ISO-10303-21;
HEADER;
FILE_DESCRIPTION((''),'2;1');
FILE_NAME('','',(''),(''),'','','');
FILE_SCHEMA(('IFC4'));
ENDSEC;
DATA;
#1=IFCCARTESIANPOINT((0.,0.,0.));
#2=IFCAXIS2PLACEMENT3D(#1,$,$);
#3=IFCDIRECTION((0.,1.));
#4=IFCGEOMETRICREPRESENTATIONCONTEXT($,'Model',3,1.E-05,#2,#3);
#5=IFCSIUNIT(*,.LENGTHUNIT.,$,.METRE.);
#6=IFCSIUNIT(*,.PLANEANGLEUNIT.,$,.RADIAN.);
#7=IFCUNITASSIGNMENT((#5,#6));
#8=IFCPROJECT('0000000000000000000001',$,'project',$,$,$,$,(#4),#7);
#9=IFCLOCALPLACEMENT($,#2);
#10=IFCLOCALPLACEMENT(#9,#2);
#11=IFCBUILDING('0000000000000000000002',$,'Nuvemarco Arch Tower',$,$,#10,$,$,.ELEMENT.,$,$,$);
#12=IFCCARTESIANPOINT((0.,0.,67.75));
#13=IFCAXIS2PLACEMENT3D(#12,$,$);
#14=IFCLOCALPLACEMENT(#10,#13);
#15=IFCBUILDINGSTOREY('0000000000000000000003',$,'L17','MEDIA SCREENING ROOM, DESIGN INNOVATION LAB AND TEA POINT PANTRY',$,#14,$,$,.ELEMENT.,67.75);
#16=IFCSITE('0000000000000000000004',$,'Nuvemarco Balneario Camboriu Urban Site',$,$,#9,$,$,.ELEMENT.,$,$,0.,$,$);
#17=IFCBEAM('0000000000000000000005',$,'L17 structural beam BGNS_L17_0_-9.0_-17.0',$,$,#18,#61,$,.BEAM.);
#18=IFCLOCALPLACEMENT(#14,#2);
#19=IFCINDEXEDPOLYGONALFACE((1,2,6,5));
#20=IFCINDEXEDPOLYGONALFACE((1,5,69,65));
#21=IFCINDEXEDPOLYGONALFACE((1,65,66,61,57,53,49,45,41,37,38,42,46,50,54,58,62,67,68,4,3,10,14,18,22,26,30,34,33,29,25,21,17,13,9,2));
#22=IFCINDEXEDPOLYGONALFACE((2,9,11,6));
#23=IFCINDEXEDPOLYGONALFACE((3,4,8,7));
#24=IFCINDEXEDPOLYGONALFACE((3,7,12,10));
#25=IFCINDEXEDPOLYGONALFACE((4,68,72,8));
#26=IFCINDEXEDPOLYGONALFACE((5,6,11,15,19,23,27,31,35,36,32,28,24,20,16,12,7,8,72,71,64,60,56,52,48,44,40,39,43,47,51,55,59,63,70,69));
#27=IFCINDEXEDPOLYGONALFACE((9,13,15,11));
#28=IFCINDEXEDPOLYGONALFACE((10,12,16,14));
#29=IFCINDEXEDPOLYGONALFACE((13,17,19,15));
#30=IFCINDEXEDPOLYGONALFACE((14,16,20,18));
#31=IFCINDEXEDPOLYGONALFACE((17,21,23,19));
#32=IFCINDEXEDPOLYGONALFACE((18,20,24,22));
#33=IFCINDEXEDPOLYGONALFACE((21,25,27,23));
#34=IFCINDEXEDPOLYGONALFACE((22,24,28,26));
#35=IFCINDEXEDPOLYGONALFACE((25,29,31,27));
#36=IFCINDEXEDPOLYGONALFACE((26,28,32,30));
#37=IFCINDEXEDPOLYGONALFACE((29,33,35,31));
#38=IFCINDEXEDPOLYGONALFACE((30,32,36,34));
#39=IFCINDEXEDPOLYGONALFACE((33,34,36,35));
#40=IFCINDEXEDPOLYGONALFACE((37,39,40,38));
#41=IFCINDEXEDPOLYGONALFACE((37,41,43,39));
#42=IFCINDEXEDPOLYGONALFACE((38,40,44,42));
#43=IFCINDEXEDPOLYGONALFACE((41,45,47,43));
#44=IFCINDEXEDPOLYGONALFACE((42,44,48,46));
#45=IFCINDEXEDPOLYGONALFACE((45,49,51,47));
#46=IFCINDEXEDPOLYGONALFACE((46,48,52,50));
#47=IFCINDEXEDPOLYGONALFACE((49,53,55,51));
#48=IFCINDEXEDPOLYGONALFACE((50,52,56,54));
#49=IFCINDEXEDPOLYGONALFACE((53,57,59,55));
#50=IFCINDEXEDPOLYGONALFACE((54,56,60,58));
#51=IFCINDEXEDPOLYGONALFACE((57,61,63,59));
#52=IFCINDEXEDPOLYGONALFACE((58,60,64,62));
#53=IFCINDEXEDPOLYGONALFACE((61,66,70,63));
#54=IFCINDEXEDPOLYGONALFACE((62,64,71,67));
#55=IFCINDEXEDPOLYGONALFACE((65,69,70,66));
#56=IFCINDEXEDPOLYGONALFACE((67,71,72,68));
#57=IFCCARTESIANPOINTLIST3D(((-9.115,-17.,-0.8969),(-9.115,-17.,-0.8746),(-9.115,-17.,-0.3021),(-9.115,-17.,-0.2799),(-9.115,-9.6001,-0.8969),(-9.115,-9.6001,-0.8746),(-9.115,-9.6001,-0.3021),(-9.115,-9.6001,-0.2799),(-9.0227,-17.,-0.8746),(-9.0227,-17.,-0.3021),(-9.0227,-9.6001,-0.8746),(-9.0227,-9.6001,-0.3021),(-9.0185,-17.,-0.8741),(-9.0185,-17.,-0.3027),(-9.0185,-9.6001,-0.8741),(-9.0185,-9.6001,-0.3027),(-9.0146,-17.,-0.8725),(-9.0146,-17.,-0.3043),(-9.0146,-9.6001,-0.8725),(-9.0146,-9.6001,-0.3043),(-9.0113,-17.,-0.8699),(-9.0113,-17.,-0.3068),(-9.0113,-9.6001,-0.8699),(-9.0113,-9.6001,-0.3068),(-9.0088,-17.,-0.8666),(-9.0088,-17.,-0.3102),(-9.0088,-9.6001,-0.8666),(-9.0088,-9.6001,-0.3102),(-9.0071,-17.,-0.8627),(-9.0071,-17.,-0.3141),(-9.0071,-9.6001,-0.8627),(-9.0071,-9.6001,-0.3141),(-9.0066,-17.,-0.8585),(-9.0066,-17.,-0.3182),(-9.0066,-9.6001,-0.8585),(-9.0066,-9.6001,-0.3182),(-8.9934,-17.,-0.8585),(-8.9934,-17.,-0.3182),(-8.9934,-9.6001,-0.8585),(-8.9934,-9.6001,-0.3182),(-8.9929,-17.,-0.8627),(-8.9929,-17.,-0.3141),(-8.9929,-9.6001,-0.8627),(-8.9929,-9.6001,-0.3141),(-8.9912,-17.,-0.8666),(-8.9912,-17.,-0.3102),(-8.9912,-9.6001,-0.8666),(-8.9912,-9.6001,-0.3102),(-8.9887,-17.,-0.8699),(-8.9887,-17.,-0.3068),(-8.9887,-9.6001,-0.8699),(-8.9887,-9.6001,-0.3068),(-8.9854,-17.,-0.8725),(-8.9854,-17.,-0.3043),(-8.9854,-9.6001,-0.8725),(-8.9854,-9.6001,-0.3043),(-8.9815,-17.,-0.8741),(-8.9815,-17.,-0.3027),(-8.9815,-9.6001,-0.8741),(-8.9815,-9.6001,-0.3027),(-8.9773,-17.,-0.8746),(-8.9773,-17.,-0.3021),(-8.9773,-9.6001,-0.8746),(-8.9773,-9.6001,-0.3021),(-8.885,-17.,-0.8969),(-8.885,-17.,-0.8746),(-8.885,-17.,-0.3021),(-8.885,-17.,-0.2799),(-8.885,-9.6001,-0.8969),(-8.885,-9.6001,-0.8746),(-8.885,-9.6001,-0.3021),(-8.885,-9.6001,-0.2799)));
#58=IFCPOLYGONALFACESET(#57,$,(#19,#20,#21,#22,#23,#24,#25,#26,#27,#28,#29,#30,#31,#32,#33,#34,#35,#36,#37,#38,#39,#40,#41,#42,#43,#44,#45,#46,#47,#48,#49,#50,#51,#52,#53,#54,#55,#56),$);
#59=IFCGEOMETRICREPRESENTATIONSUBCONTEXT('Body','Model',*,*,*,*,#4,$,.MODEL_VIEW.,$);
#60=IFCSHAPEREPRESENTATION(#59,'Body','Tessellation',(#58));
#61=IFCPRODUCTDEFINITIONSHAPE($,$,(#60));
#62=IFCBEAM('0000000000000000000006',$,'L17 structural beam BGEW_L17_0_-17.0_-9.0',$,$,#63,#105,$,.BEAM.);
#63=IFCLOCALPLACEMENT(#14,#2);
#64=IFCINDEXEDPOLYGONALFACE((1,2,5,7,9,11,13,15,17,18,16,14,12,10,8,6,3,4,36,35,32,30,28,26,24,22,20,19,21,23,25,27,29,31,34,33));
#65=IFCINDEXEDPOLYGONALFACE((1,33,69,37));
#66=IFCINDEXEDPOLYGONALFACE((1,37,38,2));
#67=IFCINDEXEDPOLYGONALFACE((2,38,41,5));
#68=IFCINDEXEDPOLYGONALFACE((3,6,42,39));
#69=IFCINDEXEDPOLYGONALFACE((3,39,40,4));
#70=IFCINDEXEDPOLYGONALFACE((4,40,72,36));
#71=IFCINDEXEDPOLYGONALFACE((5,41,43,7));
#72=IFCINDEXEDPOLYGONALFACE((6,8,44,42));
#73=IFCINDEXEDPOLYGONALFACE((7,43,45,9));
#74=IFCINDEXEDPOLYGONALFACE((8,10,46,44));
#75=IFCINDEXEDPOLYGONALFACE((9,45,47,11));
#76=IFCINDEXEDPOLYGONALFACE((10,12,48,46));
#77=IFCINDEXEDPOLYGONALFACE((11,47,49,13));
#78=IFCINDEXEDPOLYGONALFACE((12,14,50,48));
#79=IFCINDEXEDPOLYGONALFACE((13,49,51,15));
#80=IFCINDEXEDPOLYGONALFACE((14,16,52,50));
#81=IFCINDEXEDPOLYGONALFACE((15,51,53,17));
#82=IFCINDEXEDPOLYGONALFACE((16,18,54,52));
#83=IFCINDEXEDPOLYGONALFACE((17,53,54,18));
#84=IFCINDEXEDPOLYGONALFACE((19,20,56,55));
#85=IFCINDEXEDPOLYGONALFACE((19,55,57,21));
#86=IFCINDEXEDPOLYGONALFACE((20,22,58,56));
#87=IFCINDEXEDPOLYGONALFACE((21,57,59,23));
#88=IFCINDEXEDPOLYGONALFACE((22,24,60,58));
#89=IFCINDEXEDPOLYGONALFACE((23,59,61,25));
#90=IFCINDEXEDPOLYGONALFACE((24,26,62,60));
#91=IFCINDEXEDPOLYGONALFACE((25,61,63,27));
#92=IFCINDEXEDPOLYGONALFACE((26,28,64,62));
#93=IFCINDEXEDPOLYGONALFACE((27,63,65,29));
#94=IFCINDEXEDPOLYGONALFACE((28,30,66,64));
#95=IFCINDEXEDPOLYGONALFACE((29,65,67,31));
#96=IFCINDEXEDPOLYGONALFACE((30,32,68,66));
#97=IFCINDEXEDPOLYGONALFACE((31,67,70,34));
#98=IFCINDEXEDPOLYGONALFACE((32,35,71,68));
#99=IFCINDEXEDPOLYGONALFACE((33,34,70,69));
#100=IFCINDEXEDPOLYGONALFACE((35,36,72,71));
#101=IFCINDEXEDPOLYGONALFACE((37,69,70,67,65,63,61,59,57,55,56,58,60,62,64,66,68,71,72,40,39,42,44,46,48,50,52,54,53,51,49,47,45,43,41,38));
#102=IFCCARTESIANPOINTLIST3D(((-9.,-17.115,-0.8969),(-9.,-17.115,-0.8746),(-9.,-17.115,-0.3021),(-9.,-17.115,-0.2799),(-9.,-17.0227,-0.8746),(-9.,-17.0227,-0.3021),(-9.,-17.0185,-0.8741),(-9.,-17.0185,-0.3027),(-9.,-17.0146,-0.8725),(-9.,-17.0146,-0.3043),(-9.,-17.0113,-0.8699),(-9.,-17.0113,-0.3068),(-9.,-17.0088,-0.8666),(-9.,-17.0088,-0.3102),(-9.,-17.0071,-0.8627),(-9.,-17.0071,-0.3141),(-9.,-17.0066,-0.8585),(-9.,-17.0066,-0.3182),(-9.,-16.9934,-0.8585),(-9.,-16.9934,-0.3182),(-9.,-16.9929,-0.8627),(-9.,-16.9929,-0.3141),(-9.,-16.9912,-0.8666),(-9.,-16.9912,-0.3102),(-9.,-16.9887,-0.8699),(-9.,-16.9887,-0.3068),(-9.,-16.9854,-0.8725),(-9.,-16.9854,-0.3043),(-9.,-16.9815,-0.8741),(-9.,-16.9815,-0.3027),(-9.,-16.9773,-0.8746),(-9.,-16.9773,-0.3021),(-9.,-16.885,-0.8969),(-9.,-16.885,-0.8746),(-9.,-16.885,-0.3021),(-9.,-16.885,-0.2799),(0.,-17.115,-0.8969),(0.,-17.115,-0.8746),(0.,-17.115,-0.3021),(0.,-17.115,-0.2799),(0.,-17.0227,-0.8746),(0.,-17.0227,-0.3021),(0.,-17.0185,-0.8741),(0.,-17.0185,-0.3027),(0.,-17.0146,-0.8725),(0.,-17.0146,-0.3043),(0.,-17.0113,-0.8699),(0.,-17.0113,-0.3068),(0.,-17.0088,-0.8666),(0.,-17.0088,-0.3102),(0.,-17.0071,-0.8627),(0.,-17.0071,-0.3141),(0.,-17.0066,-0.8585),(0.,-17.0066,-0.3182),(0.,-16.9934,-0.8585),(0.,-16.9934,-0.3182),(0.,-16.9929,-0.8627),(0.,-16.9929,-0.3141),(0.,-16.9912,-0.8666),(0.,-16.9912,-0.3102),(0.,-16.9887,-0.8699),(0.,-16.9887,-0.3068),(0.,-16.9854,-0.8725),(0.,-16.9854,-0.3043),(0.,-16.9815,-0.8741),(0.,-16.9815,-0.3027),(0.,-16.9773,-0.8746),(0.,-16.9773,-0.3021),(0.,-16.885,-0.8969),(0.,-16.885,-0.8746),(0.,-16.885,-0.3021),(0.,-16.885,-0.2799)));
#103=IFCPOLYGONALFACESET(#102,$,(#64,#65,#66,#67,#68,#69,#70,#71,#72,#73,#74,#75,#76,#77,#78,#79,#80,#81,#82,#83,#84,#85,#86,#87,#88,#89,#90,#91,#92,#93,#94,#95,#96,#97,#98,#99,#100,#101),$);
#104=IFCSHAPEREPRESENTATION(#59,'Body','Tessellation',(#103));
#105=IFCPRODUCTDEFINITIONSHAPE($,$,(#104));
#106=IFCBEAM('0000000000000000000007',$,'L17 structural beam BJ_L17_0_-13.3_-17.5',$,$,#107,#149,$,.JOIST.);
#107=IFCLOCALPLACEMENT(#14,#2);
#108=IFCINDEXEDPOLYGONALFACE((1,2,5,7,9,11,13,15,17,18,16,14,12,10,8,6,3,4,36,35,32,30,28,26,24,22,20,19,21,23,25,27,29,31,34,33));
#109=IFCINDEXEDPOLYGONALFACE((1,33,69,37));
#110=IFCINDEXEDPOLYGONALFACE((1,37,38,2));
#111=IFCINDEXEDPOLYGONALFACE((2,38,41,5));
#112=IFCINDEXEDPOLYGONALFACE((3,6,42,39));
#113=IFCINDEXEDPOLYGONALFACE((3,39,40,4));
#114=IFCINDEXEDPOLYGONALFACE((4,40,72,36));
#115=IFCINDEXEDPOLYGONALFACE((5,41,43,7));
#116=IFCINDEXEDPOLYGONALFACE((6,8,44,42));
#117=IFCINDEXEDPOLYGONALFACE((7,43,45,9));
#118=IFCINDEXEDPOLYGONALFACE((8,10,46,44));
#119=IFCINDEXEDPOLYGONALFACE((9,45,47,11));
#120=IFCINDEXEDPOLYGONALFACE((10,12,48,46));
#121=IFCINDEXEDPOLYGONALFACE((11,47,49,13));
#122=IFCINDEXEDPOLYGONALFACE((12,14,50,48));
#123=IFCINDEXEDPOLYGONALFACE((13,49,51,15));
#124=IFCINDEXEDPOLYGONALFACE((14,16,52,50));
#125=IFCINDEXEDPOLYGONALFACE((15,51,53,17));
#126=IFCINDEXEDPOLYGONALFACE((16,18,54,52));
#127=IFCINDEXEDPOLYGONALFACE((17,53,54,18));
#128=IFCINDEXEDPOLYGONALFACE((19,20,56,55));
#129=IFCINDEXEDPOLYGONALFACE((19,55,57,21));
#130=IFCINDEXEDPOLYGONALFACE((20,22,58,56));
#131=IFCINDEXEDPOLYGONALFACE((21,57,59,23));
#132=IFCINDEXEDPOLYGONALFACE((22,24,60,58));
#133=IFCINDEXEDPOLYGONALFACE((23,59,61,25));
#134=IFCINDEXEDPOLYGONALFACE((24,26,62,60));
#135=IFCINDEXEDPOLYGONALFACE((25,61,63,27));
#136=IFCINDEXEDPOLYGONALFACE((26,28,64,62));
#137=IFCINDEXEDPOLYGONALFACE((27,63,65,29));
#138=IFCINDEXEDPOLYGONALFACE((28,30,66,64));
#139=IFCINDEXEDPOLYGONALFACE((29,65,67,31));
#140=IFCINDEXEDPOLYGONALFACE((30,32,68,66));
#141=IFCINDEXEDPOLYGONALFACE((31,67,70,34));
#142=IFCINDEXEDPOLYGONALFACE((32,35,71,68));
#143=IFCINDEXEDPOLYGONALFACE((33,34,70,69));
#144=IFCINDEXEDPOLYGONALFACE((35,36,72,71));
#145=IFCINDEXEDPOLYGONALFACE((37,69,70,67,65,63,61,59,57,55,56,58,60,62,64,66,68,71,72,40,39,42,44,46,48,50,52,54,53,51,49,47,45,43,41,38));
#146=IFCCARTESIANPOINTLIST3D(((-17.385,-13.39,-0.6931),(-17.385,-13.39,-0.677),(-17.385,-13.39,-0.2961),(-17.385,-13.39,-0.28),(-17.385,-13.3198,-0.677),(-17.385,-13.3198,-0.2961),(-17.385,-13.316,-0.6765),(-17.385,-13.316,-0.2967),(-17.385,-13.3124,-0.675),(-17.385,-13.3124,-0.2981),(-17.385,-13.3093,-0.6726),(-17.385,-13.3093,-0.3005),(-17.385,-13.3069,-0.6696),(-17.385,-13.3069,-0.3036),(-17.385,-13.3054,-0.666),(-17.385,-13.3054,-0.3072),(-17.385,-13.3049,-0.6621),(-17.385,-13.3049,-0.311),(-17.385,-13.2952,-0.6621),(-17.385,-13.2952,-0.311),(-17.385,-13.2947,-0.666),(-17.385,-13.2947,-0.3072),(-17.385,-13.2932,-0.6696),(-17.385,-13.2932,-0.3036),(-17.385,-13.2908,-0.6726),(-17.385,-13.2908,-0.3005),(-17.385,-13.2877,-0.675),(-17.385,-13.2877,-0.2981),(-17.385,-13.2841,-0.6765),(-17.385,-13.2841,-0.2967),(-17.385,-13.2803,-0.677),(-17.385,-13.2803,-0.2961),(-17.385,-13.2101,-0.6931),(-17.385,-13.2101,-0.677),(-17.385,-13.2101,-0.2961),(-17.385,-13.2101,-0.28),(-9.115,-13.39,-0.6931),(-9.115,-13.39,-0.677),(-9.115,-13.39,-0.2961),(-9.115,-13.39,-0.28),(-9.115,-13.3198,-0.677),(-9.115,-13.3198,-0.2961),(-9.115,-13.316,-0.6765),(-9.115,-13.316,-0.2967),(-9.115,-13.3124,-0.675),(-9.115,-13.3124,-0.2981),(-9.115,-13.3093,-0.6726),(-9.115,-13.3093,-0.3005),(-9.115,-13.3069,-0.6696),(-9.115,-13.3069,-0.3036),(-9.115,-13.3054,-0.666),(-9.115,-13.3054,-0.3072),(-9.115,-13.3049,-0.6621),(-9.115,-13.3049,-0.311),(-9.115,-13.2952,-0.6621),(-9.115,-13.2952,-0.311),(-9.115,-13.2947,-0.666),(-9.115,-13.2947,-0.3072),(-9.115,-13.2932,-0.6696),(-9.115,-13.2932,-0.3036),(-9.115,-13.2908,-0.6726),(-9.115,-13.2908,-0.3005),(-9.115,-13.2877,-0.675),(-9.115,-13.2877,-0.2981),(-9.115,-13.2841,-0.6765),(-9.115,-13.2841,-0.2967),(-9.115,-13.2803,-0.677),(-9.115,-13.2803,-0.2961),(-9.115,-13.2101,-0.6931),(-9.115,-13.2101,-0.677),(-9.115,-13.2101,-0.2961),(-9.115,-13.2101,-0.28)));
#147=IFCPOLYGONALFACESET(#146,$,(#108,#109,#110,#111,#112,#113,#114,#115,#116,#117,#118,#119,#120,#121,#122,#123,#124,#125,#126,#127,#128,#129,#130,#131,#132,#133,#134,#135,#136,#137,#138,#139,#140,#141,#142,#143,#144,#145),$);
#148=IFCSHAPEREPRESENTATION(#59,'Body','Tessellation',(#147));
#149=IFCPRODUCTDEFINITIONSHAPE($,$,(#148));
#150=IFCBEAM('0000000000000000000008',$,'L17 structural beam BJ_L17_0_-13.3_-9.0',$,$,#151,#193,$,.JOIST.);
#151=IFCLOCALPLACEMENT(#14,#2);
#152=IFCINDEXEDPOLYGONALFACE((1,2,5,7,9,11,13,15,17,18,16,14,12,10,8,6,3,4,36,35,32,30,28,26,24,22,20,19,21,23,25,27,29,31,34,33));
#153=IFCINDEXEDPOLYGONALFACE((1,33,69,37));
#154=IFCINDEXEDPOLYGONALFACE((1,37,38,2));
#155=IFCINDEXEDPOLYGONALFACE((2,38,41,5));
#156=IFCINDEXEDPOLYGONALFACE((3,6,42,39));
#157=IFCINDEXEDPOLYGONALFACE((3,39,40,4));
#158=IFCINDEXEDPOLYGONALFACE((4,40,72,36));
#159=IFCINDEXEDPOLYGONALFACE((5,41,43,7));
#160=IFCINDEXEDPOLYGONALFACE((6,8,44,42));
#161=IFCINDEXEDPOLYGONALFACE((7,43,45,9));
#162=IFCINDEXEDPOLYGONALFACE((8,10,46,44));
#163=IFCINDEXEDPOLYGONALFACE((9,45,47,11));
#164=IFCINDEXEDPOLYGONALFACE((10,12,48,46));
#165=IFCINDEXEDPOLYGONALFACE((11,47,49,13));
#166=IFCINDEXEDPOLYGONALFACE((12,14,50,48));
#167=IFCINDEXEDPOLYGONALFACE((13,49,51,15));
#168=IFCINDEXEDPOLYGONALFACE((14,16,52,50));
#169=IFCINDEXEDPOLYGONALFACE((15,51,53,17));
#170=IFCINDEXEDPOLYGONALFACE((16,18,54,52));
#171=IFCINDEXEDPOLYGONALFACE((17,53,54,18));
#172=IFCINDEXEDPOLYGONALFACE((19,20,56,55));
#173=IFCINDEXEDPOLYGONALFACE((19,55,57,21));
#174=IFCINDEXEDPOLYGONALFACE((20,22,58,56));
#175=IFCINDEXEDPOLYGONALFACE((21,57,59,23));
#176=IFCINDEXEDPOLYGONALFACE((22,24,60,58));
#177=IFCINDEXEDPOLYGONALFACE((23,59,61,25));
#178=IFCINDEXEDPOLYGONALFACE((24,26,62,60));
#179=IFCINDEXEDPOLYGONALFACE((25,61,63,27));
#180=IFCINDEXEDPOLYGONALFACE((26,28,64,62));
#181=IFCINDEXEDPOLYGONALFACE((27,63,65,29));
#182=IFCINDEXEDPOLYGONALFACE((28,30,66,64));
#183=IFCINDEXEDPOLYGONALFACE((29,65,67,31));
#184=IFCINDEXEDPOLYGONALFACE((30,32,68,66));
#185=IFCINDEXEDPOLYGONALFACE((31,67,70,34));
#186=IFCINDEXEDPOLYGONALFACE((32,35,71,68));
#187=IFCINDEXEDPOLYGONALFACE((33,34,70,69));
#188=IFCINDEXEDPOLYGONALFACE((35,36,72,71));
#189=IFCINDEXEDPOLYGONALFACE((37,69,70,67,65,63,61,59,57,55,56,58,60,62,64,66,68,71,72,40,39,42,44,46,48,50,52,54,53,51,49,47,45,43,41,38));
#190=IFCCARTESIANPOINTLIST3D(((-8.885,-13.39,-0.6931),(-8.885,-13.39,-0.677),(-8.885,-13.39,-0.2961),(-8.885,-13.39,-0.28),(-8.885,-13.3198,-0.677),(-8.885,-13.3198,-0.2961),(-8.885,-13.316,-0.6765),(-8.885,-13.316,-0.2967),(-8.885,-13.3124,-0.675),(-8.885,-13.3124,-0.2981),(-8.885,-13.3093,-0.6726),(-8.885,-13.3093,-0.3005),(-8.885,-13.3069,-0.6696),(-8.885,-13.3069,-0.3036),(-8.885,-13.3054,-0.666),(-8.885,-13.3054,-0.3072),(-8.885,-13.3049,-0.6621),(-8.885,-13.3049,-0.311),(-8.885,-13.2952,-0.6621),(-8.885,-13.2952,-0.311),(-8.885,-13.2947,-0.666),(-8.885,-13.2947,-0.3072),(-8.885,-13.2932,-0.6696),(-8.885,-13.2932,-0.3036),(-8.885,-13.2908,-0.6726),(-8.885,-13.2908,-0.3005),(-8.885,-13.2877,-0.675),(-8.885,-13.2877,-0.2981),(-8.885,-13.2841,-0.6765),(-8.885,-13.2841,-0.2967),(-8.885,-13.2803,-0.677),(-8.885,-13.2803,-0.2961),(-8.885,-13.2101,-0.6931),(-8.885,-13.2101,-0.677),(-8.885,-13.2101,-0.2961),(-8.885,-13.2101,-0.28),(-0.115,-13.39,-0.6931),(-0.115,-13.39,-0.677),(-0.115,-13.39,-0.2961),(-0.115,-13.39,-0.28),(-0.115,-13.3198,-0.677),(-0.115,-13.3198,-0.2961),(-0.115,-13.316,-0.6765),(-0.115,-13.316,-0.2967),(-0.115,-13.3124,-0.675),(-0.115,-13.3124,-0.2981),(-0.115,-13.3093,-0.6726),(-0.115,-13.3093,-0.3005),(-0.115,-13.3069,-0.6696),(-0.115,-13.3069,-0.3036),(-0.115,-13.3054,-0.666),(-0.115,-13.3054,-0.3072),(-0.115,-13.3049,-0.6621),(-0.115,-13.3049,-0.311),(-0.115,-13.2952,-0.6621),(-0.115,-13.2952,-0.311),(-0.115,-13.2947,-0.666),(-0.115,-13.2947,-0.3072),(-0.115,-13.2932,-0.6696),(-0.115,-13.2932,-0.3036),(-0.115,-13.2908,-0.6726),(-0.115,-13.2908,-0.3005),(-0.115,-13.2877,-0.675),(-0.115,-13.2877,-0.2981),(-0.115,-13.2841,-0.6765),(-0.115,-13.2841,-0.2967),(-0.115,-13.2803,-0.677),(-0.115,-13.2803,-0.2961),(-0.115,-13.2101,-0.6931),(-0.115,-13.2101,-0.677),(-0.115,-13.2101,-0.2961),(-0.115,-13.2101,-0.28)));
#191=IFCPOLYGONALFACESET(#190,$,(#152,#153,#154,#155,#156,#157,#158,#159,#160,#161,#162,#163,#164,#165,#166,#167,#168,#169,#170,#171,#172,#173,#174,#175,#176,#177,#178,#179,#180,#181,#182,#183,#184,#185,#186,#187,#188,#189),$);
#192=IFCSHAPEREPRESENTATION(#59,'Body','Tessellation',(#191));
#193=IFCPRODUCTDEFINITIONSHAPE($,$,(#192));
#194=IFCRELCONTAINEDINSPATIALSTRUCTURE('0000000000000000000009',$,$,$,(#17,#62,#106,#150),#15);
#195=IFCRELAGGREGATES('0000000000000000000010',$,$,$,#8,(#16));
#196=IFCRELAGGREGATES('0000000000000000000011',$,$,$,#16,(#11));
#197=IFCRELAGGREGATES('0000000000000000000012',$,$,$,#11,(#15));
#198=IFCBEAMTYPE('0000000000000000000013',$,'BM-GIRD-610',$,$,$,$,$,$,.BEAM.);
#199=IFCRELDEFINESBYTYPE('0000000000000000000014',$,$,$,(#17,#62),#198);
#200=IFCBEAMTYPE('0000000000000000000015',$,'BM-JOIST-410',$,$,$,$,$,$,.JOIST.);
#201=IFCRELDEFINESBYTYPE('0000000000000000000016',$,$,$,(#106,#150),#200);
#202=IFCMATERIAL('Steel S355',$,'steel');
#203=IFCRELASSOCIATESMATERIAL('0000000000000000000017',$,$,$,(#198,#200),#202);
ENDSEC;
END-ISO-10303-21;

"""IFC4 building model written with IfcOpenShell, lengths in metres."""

from ifc_helpers import new_model, si_unit, direction, frame, origin, origin_2d, place, context, subcontext, project, spatial, i_section, extrude, material, material_profile, profile_set, type_object, element, save


model = new_model("IFC4")

# Units and contexts
model_context = context("Model", 3, precision=1e-05, world=origin(), true_north=direction((0.0, 1.0)))
body_context = subcontext(model_context, "Body", "Model", "MODEL_VIEW")
ifc_project = project(units=[si_unit("LENGTHUNIT", "METRE"), si_unit("PLANEANGLEUNIT", "RADIAN")], contexts=[model_context])

# Site, building, storey
site_placement = place(None, origin())
site = spatial("IfcSite", under=ifc_project, at=site_placement, Name="Nuvemarco Balneario Camboriu Urban Site", CompositionType="ELEMENT", RefElevation=0.0)
building_placement = place(site_placement, origin())
building = spatial("IfcBuilding", under=site, at=building_placement, Name="Nuvemarco Arch Tower", CompositionType="ELEMENT")
storey_placement = place(building_placement, frame((0.0, 0.0, 67.75)))
storey = spatial("IfcBuildingStorey", under=building, at=storey_placement, Name="L17", Description="MEDIA SCREENING ROOM, DESIGN INNOVATION LAB AND TEA POINT PANTRY", CompositionType="ELEMENT", Elevation=67.75)

# Shared definitions
ifc_material_1 = material(Name="Steel S355", Category="steel")

# Beams
ifc_material_profile_1 = material_profile(ifc_material_1, i_section(OverallWidth=0.23, OverallDepth=0.6169, WebThickness=0.0132, FlangeThickness=0.0222, FilletRadius=0.0161, at=origin_2d()), Name="W610x140")
ifc_profile_set_1 = profile_set([ifc_material_profile_1], Name="Steel S355")
beam_type_1 = type_object("IfcBeamType", Name="BM-GIRD-610", PredefinedType="BEAM", material=ifc_profile_set_1)
beam_1_placement = place(storey_placement, frame((-9.0, -17.0, -0.5884), z_axis=(0.0, 1.0, 0.0), x_axis=(-1.0, 0.0, 0.0)))
element("IfcBeam", 1, at=beam_1_placement, inside=storey, type_object=beam_type_1, Name="L17 structural beam BGNS_L17_0_-9.0_-17.0", PredefinedType="BEAM", context=body_context, shape_type="SweptSolid", body=[
    extrude(i_section(OverallWidth=0.23, OverallDepth=0.6169, WebThickness=0.0132, FlangeThickness=0.0222, FilletRadius=0.0161, at=origin_2d()), origin(), (0.0, 0.0, 1.0), 7.3999),
])
beam_2_placement = place(storey_placement, frame((-9.0, -17.0, -0.5884), z_axis=(1.0, 0.0, 0.0), x_axis=(0.0, 1.0, 0.0)))
element("IfcBeam", 2, at=beam_2_placement, inside=storey, type_object=beam_type_1, Name="L17 structural beam BGEW_L17_0_-17.0_-9.0", PredefinedType="BEAM", context=body_context, shape_type="SweptSolid", body=[
    extrude(i_section(OverallWidth=0.23, OverallDepth=0.6169, WebThickness=0.0132, FlangeThickness=0.0222, FilletRadius=0.0161, at=origin_2d()), origin(), (0.0, 0.0, 1.0), 9.0),
])
ifc_material_profile_2 = material_profile(ifc_material_1, i_section(OverallWidth=0.1799, OverallDepth=0.4131, WebThickness=0.0098, FlangeThickness=0.0161, FilletRadius=0.0149, at=origin_2d()), Name="W410x75")
ifc_profile_set_2 = profile_set([ifc_material_profile_2], Name="Steel S355")
beam_type_2 = type_object("IfcBeamType", Name="BM-JOIST-410", PredefinedType="JOIST", material=ifc_profile_set_2)
beam_3_placement = place(storey_placement, frame((-17.385, -13.3, -0.4866), z_axis=(1.0, 0.0, 0.0), x_axis=(0.0, 1.0, 0.0)))
element("IfcBeam", 3, at=beam_3_placement, inside=storey, type_object=beam_type_2, Name="L17 structural beam BJ_L17_0_-13.3_-17.5", PredefinedType="JOIST", context=body_context, shape_type="SweptSolid", body=[
    extrude(i_section(OverallWidth=0.1799, OverallDepth=0.4131, WebThickness=0.0098, FlangeThickness=0.0161, FilletRadius=0.0149, at=origin_2d()), origin(), (0.0, 0.0, 1.0), 8.27),
])
beam_4_placement = place(storey_placement, frame((-8.885, -13.3, -0.4866), z_axis=(1.0, 0.0, 0.0), x_axis=(0.0, 1.0, 0.0)))
element("IfcBeam", 4, at=beam_4_placement, inside=storey, type_object=beam_type_2, Name="L17 structural beam BJ_L17_0_-13.3_-9.0", PredefinedType="JOIST", context=body_context, shape_type="SweptSolid", body=[
    extrude(i_section(OverallWidth=0.1799, OverallDepth=0.4131, WebThickness=0.0098, FlangeThickness=0.0161, FilletRadius=0.0149, at=origin_2d()), origin(), (0.0, 0.0, 1.0), 8.77),
])

save(model, "model.ifc")
